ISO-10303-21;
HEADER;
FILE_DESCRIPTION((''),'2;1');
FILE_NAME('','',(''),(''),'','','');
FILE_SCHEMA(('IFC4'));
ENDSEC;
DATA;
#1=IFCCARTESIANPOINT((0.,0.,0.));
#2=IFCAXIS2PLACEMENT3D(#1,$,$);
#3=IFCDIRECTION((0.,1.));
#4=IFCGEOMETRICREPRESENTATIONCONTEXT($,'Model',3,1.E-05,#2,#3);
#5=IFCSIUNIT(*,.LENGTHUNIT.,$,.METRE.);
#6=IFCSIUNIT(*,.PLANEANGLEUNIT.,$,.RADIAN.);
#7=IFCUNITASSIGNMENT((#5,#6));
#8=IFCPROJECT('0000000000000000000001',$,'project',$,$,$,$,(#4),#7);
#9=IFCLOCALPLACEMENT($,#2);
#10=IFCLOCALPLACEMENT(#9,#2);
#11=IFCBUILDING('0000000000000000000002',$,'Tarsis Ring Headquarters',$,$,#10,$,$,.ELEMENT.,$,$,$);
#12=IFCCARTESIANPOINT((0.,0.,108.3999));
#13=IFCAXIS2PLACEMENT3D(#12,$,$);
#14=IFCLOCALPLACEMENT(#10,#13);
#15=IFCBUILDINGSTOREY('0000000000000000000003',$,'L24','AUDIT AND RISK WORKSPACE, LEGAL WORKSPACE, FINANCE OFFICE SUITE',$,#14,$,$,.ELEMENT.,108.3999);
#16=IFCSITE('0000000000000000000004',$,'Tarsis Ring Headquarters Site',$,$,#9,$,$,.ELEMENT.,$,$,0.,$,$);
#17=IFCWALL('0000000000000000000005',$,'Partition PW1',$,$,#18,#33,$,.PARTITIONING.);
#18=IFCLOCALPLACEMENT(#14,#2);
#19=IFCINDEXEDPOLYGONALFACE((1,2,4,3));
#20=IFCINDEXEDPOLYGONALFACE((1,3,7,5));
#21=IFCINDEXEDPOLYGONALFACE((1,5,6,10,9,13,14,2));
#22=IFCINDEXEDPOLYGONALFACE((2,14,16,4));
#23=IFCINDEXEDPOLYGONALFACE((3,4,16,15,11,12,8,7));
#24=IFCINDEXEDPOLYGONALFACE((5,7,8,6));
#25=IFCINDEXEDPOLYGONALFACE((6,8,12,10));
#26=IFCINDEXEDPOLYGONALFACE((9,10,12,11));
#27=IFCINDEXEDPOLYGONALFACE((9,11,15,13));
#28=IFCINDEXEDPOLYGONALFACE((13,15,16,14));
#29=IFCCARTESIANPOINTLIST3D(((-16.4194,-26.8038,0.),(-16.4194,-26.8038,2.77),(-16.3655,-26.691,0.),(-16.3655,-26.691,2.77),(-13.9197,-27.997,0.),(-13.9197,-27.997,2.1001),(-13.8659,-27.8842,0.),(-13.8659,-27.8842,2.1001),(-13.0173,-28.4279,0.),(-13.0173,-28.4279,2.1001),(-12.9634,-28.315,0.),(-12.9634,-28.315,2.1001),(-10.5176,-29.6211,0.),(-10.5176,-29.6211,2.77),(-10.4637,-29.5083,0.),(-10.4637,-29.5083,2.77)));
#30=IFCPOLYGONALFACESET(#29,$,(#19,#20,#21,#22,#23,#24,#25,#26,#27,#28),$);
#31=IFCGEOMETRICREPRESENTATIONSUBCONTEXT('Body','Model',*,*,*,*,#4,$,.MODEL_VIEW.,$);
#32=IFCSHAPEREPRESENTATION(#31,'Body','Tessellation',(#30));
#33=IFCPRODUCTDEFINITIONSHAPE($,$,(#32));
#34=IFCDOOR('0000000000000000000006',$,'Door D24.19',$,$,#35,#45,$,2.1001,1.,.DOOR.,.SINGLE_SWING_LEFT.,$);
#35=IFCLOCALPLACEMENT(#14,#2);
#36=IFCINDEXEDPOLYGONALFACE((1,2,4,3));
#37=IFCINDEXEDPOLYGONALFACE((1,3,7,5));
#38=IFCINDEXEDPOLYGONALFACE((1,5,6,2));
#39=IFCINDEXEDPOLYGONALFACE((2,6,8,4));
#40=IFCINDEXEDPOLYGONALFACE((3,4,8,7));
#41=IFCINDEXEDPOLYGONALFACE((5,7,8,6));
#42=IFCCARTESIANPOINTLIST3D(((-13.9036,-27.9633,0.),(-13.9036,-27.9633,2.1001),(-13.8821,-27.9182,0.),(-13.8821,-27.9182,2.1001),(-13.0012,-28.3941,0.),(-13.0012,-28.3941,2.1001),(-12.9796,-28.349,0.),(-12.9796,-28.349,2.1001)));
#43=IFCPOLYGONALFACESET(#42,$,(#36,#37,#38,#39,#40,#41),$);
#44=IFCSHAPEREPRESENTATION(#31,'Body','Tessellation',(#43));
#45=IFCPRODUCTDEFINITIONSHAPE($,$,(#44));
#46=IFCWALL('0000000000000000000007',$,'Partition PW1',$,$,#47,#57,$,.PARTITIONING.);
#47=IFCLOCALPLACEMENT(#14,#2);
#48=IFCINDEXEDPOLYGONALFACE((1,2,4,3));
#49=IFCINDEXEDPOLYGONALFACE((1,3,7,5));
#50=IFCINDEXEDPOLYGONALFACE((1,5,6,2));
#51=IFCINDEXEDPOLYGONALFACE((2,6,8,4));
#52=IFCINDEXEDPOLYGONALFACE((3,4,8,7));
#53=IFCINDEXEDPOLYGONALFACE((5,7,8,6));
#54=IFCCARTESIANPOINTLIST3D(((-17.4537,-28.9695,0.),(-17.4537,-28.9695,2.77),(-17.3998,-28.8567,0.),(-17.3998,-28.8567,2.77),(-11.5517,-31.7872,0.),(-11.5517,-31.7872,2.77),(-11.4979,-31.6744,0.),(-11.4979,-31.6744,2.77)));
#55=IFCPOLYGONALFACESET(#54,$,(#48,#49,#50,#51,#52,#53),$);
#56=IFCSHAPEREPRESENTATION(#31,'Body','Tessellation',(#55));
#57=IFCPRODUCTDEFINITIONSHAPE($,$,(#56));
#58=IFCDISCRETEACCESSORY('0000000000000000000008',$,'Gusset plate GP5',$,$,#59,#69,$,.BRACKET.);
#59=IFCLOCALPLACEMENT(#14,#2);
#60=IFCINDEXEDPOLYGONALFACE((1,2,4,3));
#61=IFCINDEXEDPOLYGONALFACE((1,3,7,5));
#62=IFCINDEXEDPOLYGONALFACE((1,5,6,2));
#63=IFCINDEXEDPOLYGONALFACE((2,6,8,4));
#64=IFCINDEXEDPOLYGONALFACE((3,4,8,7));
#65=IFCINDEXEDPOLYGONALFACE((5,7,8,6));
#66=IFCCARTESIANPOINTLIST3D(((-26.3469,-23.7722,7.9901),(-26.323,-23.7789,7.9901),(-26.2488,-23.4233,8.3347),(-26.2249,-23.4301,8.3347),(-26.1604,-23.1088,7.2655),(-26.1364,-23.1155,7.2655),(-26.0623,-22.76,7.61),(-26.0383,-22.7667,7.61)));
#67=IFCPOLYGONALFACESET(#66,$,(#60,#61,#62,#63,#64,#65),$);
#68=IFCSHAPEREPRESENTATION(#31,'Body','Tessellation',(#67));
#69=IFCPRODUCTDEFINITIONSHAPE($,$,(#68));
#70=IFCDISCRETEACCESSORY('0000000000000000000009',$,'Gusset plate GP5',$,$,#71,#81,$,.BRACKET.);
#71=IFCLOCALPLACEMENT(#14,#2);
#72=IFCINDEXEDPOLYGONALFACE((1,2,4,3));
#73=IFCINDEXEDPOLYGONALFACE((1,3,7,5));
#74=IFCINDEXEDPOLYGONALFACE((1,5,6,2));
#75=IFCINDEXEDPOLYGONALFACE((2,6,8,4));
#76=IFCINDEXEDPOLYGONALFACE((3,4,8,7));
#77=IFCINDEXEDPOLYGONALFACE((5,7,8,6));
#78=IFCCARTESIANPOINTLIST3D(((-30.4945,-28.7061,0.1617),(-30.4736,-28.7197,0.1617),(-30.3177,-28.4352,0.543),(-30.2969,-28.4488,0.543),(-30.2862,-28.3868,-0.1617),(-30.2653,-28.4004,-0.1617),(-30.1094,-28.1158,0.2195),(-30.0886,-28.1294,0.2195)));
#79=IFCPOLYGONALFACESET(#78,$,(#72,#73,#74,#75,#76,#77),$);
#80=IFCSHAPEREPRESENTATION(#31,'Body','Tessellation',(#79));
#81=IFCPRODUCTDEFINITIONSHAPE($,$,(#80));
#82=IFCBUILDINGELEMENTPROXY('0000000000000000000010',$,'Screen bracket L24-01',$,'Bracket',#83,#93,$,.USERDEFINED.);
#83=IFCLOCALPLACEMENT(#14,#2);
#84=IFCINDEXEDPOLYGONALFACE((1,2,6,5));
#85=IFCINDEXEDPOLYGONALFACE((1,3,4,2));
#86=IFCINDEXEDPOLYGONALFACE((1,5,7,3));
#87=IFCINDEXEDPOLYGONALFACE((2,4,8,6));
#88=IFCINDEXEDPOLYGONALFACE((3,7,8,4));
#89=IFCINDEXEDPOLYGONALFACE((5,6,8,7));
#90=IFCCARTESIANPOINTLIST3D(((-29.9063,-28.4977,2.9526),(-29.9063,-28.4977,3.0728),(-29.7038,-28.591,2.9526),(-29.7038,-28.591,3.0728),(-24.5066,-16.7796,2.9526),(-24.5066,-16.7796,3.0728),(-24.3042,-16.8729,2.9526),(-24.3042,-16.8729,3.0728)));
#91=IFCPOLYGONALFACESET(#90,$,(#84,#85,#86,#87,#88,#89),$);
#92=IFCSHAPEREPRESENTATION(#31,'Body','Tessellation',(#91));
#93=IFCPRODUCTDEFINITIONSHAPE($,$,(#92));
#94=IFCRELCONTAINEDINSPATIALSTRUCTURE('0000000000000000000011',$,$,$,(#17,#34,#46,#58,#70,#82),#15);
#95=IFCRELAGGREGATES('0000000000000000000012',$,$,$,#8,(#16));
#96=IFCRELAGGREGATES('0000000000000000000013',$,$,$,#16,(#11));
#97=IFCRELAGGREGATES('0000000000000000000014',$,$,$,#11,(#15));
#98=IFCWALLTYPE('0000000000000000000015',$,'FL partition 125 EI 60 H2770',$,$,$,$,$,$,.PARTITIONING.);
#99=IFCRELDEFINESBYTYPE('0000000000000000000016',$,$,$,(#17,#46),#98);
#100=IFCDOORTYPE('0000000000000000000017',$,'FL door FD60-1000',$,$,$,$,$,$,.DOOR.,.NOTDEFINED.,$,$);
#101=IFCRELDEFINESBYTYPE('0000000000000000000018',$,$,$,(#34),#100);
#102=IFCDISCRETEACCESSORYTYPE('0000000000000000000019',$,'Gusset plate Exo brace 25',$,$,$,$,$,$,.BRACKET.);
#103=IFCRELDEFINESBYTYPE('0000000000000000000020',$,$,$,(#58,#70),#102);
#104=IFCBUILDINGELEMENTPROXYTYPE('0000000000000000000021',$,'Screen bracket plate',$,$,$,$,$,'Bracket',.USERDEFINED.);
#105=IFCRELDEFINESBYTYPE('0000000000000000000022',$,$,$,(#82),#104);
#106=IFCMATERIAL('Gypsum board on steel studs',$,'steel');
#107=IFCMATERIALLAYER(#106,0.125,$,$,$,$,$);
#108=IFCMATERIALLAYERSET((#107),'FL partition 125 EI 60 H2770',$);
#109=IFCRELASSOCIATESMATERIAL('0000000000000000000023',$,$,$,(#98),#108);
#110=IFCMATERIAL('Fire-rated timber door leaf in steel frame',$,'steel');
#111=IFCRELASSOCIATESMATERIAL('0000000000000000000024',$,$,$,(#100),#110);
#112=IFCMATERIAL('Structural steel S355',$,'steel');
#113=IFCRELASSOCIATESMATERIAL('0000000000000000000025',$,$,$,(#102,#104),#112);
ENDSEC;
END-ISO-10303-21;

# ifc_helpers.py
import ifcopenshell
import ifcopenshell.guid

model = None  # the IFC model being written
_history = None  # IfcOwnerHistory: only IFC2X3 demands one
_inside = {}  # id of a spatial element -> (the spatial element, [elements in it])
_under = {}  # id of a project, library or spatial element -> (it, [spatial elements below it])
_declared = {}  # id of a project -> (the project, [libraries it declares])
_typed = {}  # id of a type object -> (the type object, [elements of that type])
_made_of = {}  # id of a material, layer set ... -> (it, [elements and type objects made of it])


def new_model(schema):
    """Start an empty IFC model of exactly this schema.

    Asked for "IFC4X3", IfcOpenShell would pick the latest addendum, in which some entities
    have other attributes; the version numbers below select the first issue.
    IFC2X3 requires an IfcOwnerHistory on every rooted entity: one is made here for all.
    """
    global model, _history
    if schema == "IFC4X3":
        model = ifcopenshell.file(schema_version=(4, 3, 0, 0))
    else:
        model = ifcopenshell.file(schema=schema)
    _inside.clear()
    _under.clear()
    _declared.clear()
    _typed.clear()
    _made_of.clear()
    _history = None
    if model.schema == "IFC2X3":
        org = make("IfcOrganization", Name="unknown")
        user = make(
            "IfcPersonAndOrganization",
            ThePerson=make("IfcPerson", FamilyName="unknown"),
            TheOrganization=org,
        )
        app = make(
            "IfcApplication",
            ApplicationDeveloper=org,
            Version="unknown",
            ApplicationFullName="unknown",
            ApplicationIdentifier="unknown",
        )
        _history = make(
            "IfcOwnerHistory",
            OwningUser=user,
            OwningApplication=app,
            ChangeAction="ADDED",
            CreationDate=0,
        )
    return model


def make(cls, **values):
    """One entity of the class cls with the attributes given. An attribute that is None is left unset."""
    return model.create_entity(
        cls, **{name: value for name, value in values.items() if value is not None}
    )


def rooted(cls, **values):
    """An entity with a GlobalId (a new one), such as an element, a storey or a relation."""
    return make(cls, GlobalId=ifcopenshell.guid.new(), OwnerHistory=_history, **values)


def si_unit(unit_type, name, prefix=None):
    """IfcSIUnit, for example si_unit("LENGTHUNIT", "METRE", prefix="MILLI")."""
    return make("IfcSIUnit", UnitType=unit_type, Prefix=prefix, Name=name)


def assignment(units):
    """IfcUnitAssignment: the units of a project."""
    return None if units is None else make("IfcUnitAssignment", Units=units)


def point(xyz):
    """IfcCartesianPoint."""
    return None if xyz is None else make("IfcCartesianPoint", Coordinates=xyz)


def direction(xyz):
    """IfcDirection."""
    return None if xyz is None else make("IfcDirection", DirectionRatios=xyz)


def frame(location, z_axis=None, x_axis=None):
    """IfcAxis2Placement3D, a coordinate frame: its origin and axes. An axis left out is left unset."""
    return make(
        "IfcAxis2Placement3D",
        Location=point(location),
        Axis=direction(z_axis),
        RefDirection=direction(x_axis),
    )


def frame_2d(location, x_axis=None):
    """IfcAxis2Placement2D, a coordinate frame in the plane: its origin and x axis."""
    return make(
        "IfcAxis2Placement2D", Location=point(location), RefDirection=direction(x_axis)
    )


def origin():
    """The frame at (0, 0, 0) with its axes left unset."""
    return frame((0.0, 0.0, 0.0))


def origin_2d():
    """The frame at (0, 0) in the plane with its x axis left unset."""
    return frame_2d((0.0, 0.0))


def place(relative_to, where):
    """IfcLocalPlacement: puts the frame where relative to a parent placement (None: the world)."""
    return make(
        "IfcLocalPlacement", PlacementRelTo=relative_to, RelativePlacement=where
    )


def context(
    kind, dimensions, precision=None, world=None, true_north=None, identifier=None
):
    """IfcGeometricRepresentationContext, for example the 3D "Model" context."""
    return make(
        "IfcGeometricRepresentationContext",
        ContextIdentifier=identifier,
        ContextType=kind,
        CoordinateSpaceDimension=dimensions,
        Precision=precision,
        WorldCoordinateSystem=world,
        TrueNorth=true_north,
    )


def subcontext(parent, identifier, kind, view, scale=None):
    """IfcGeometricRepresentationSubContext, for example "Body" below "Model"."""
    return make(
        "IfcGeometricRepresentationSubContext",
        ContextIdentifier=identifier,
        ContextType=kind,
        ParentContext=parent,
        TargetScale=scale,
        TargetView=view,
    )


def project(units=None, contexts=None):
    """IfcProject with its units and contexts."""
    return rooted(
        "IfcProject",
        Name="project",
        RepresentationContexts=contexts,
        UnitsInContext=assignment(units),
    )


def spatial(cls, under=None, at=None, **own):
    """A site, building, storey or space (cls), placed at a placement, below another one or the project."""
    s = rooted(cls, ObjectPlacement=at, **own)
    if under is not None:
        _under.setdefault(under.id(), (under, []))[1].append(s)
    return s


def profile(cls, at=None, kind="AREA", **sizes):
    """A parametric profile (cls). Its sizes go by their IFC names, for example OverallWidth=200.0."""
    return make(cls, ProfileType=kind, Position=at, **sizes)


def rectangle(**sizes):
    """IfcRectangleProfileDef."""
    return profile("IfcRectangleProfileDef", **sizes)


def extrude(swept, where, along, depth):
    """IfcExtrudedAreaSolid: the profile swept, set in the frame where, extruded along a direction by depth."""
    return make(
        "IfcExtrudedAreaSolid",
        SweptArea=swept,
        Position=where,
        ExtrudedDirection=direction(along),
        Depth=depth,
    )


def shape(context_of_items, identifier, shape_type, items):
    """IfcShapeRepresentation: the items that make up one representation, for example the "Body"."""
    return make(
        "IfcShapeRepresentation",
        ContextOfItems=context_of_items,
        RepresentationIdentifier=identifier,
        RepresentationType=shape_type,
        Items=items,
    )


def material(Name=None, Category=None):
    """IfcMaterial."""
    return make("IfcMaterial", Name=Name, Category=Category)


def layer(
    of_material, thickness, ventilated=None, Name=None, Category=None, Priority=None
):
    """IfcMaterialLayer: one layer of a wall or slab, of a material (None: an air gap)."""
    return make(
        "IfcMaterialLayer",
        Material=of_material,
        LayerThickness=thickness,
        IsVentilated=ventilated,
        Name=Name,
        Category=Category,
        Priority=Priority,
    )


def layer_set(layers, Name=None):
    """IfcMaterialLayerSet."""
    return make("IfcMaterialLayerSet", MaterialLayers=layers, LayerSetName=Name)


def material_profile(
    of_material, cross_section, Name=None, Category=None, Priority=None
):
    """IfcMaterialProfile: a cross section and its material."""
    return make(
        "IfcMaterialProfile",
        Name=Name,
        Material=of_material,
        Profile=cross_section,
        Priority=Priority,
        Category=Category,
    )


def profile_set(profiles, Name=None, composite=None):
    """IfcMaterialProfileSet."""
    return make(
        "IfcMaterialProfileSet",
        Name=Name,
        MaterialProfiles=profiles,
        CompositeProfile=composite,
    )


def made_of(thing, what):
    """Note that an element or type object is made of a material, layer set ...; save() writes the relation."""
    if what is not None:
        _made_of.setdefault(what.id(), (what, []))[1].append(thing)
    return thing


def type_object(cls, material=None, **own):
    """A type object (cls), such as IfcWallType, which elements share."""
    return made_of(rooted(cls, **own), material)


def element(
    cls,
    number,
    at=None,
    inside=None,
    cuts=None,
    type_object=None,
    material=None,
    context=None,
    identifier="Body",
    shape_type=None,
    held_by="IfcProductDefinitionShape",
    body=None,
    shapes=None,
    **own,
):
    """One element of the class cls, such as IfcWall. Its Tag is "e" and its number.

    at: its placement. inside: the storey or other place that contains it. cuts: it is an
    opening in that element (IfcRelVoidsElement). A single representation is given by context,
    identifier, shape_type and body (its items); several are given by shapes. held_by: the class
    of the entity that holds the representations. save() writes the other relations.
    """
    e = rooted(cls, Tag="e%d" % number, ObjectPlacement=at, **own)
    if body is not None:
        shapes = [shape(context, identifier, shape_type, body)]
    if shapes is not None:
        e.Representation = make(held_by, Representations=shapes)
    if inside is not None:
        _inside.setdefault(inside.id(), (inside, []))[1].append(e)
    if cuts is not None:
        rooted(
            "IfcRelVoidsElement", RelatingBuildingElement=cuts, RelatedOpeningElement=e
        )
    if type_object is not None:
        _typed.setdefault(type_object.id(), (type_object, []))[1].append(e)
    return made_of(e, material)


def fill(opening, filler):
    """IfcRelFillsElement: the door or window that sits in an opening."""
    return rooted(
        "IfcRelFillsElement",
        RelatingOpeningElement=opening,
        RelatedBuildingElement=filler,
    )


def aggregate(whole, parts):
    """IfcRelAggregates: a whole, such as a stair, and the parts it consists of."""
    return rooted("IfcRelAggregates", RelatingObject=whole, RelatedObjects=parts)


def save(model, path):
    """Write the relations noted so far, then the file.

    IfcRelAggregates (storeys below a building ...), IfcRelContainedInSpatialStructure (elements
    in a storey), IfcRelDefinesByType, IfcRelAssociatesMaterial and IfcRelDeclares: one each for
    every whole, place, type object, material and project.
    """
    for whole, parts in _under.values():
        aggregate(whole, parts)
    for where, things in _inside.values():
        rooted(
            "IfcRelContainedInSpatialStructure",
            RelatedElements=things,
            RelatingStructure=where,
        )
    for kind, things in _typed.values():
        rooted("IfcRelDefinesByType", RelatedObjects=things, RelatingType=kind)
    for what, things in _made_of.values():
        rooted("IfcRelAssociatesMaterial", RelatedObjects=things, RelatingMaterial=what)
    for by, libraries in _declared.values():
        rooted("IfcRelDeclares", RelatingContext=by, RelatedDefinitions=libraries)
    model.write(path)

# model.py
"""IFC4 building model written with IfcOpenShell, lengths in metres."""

from ifc_helpers import new_model, si_unit, direction, frame, frame_2d, origin, origin_2d, place, context, subcontext, project, spatial, rectangle, extrude, material, layer, layer_set, material_profile, profile_set, type_object, element, fill, save


model = new_model("IFC4")

# Units and contexts
model_context = context("Model", 3, precision=1e-05, world=origin(), true_north=direction((0.0, 1.0)))
body_context = subcontext(model_context, "Body", "Model", "MODEL_VIEW")
ifc_project = project(units=[si_unit("LENGTHUNIT", "METRE"), si_unit("PLANEANGLEUNIT", "RADIAN")], contexts=[model_context])

# Site, building, storey
site_placement = place(None, origin())
site = spatial("IfcSite", under=ifc_project, at=site_placement, Name="Tarsis Ring Headquarters Site", CompositionType="ELEMENT", RefElevation=0.0)
building_placement = place(site_placement, origin())
building = spatial("IfcBuilding", under=site, at=building_placement, Name="Tarsis Ring Headquarters", CompositionType="ELEMENT")
storey_placement = place(building_placement, frame((0.0, 0.0, 108.3999)))
storey = spatial("IfcBuildingStorey", under=building, at=storey_placement, Name="L24", Description="AUDIT AND RISK WORKSPACE, LEGAL WORKSPACE, FINANCE OFFICE SUITE", CompositionType="ELEMENT", Elevation=108.3999)

# Shared definitions
ifc_material_1 = material(Name="Structural steel S355", Category="steel")

# Shared definitions
ifc_material_2 = material(Name="Gypsum board on steel studs", Category="steel")

# Shared definitions
ifc_layer_1 = layer(ifc_material_2, 0.125)
ifc_layer_set_1 = layer_set([ifc_layer_1], Name="FL partition 125 EI 60 H2770")
wall_type_1 = type_object("IfcWallType", Name="FL partition 125 EI 60 H2770", PredefinedType="PARTITIONING", material=ifc_layer_set_1)
ifc_material_3 = material(Name="Fire-rated timber door leaf in steel frame", Category="steel")
door_type = type_object("IfcDoorType", Name="FL door FD60-1000", OperationType="NOTDEFINED", PredefinedType="DOOR", material=ifc_material_3)

# Wall, opening, door
wall_1_placement = place(storey_placement, frame((-16.3926, -26.7473, 0.0), z_axis=(0.0, 0.0, 1.0), x_axis=(0.902446, -0.430803, 0.0)))
wall_1 = element("IfcWall", 1, at=wall_1_placement, inside=storey, type_object=wall_type_1, Name="Partition PW1", PredefinedType="PARTITIONING", context=body_context, shape_type="SweptSolid", body=[
    extrude(rectangle(XDim=6.5398, YDim=0.125, at=frame_2d((3.27, 0.0))), origin(), (0.0, 0.0, 1.0), 2.77),
])
opening_1_placement = place(wall_1_placement, frame((2.77, 0.0, 0.0)))
opening_1 = element("IfcOpeningElement", 2, at=opening_1_placement, cuts=wall_1, PredefinedType="OPENING", context=body_context, shape_type="SweptSolid", body=[
    extrude(rectangle(XDim=1.0, YDim=2.1001, at=frame_2d((0.5, 1.05))), frame((0.0, 0.0725, 0.0), z_axis=(0.0, -1.0, 0.0), x_axis=(1.0, 0.0, 0.0)), (0.0, 0.0, 1.0), 0.145),
])
door_1_placement = place(opening_1_placement, origin())
door_1 = element("IfcDoor", 3, at=door_1_placement, inside=storey, type_object=door_type, Name="Door D24.19", OperationType="SINGLE_SWING_LEFT", OverallHeight=2.1001, OverallWidth=1.0, PredefinedType="DOOR", context=body_context, shape_type="SweptSolid", body=[
    extrude(rectangle(XDim=1.0, YDim=2.1001, at=frame_2d((0.5, 1.05))), frame((0.0, 0.0249, 0.0), z_axis=(0.0, -1.0, 0.0), x_axis=(1.0, 0.0, 0.0)), (0.0, 0.0, 1.0), 0.05),
])
fill(opening_1, door_1)

# Wall
wall_2_placement = place(storey_placement, frame((-17.4268, -28.9131, 0.0), z_axis=(0.0, 0.0, 1.0), x_axis=(0.902432, -0.430833, 0.0)))
element("IfcWall", 4, at=wall_2_placement, inside=storey, type_object=wall_type_1, Name="Partition PW1", PredefinedType="PARTITIONING", context=body_context, shape_type="SweptSolid", body=[
    extrude(rectangle(XDim=6.54, YDim=0.125, at=frame_2d((3.27, 0.0))), origin(), (0.0, 0.0, 1.0), 2.77),
])

# Discrete accessories
ifc_material_profile_1 = material_profile(ifc_material_1, rectangle(XDim=0.0249, YDim=0.5, at=origin_2d()), Name="PL 25x500")
ifc_profile_set_1 = profile_set([ifc_material_profile_1], Name="Structural steel S355")
discrete_accessory_type = type_object("IfcDiscreteAccessoryType", Name="Gusset plate Exo brace 25", PredefinedType="BRACKET", material=ifc_profile_set_1)
discrete_accessory_1_placement = place(storey_placement, frame((-26.0994, -22.9377, 7.4377), z_axis=(-0.186537, -0.663378, 0.724661), x_axis=(0.962665, -0.270694, 0.0)))
element("IfcDiscreteAccessory", 5, at=discrete_accessory_1_placement, inside=storey, type_object=discrete_accessory_type, Name="Gusset plate GP5", PredefinedType="BRACKET", context=body_context, shape_type="SweptSolid", body=[
    extrude(rectangle(XDim=0.0249, YDim=0.5, at=origin_2d()), origin(), (0.0, 0.0, 1.0), 1.0),
])
discrete_accessory_2_placement = place(storey_placement, frame((-30.3799, -28.5532, 0.0), z_axis=(0.353439, 0.541875, 0.76253), x_axis=(-0.837581, 0.546314, 0.0)))
element("IfcDiscreteAccessory", 6, at=discrete_accessory_2_placement, inside=storey, type_object=discrete_accessory_type, Name="Gusset plate GP5", PredefinedType="BRACKET", context=body_context, shape_type="SweptSolid", body=[
    extrude(rectangle(XDim=0.0249, YDim=0.5, at=origin_2d()), origin(), (0.0, 0.0, 1.0), 0.5),
])

# Building element proxy
building_element_proxy_type = type_object("IfcBuildingElementProxyType", Name="Screen bracket plate", ElementType="Bracket", PredefinedType="USERDEFINED", material=ifc_material_1)
proxy_placement = place(storey_placement, frame((-27.1052, -22.6853, 2.9526), z_axis=(0.0, 0.0, 1.0), x_axis=(-0.418501, -0.908216, 0.0)))
element("IfcBuildingElementProxy", 7, at=proxy_placement, inside=storey, type_object=building_element_proxy_type, Name="Screen bracket L24-01", ObjectType="Bracket", PredefinedType="USERDEFINED", context=body_context, shape_type="SweptSolid", body=[
    extrude(rectangle(XDim=12.9023, YDim=0.2229, at=origin_2d()), origin(), (0.0, 0.0, 1.0), 0.1201),
])

save(model, "model.ifc")
